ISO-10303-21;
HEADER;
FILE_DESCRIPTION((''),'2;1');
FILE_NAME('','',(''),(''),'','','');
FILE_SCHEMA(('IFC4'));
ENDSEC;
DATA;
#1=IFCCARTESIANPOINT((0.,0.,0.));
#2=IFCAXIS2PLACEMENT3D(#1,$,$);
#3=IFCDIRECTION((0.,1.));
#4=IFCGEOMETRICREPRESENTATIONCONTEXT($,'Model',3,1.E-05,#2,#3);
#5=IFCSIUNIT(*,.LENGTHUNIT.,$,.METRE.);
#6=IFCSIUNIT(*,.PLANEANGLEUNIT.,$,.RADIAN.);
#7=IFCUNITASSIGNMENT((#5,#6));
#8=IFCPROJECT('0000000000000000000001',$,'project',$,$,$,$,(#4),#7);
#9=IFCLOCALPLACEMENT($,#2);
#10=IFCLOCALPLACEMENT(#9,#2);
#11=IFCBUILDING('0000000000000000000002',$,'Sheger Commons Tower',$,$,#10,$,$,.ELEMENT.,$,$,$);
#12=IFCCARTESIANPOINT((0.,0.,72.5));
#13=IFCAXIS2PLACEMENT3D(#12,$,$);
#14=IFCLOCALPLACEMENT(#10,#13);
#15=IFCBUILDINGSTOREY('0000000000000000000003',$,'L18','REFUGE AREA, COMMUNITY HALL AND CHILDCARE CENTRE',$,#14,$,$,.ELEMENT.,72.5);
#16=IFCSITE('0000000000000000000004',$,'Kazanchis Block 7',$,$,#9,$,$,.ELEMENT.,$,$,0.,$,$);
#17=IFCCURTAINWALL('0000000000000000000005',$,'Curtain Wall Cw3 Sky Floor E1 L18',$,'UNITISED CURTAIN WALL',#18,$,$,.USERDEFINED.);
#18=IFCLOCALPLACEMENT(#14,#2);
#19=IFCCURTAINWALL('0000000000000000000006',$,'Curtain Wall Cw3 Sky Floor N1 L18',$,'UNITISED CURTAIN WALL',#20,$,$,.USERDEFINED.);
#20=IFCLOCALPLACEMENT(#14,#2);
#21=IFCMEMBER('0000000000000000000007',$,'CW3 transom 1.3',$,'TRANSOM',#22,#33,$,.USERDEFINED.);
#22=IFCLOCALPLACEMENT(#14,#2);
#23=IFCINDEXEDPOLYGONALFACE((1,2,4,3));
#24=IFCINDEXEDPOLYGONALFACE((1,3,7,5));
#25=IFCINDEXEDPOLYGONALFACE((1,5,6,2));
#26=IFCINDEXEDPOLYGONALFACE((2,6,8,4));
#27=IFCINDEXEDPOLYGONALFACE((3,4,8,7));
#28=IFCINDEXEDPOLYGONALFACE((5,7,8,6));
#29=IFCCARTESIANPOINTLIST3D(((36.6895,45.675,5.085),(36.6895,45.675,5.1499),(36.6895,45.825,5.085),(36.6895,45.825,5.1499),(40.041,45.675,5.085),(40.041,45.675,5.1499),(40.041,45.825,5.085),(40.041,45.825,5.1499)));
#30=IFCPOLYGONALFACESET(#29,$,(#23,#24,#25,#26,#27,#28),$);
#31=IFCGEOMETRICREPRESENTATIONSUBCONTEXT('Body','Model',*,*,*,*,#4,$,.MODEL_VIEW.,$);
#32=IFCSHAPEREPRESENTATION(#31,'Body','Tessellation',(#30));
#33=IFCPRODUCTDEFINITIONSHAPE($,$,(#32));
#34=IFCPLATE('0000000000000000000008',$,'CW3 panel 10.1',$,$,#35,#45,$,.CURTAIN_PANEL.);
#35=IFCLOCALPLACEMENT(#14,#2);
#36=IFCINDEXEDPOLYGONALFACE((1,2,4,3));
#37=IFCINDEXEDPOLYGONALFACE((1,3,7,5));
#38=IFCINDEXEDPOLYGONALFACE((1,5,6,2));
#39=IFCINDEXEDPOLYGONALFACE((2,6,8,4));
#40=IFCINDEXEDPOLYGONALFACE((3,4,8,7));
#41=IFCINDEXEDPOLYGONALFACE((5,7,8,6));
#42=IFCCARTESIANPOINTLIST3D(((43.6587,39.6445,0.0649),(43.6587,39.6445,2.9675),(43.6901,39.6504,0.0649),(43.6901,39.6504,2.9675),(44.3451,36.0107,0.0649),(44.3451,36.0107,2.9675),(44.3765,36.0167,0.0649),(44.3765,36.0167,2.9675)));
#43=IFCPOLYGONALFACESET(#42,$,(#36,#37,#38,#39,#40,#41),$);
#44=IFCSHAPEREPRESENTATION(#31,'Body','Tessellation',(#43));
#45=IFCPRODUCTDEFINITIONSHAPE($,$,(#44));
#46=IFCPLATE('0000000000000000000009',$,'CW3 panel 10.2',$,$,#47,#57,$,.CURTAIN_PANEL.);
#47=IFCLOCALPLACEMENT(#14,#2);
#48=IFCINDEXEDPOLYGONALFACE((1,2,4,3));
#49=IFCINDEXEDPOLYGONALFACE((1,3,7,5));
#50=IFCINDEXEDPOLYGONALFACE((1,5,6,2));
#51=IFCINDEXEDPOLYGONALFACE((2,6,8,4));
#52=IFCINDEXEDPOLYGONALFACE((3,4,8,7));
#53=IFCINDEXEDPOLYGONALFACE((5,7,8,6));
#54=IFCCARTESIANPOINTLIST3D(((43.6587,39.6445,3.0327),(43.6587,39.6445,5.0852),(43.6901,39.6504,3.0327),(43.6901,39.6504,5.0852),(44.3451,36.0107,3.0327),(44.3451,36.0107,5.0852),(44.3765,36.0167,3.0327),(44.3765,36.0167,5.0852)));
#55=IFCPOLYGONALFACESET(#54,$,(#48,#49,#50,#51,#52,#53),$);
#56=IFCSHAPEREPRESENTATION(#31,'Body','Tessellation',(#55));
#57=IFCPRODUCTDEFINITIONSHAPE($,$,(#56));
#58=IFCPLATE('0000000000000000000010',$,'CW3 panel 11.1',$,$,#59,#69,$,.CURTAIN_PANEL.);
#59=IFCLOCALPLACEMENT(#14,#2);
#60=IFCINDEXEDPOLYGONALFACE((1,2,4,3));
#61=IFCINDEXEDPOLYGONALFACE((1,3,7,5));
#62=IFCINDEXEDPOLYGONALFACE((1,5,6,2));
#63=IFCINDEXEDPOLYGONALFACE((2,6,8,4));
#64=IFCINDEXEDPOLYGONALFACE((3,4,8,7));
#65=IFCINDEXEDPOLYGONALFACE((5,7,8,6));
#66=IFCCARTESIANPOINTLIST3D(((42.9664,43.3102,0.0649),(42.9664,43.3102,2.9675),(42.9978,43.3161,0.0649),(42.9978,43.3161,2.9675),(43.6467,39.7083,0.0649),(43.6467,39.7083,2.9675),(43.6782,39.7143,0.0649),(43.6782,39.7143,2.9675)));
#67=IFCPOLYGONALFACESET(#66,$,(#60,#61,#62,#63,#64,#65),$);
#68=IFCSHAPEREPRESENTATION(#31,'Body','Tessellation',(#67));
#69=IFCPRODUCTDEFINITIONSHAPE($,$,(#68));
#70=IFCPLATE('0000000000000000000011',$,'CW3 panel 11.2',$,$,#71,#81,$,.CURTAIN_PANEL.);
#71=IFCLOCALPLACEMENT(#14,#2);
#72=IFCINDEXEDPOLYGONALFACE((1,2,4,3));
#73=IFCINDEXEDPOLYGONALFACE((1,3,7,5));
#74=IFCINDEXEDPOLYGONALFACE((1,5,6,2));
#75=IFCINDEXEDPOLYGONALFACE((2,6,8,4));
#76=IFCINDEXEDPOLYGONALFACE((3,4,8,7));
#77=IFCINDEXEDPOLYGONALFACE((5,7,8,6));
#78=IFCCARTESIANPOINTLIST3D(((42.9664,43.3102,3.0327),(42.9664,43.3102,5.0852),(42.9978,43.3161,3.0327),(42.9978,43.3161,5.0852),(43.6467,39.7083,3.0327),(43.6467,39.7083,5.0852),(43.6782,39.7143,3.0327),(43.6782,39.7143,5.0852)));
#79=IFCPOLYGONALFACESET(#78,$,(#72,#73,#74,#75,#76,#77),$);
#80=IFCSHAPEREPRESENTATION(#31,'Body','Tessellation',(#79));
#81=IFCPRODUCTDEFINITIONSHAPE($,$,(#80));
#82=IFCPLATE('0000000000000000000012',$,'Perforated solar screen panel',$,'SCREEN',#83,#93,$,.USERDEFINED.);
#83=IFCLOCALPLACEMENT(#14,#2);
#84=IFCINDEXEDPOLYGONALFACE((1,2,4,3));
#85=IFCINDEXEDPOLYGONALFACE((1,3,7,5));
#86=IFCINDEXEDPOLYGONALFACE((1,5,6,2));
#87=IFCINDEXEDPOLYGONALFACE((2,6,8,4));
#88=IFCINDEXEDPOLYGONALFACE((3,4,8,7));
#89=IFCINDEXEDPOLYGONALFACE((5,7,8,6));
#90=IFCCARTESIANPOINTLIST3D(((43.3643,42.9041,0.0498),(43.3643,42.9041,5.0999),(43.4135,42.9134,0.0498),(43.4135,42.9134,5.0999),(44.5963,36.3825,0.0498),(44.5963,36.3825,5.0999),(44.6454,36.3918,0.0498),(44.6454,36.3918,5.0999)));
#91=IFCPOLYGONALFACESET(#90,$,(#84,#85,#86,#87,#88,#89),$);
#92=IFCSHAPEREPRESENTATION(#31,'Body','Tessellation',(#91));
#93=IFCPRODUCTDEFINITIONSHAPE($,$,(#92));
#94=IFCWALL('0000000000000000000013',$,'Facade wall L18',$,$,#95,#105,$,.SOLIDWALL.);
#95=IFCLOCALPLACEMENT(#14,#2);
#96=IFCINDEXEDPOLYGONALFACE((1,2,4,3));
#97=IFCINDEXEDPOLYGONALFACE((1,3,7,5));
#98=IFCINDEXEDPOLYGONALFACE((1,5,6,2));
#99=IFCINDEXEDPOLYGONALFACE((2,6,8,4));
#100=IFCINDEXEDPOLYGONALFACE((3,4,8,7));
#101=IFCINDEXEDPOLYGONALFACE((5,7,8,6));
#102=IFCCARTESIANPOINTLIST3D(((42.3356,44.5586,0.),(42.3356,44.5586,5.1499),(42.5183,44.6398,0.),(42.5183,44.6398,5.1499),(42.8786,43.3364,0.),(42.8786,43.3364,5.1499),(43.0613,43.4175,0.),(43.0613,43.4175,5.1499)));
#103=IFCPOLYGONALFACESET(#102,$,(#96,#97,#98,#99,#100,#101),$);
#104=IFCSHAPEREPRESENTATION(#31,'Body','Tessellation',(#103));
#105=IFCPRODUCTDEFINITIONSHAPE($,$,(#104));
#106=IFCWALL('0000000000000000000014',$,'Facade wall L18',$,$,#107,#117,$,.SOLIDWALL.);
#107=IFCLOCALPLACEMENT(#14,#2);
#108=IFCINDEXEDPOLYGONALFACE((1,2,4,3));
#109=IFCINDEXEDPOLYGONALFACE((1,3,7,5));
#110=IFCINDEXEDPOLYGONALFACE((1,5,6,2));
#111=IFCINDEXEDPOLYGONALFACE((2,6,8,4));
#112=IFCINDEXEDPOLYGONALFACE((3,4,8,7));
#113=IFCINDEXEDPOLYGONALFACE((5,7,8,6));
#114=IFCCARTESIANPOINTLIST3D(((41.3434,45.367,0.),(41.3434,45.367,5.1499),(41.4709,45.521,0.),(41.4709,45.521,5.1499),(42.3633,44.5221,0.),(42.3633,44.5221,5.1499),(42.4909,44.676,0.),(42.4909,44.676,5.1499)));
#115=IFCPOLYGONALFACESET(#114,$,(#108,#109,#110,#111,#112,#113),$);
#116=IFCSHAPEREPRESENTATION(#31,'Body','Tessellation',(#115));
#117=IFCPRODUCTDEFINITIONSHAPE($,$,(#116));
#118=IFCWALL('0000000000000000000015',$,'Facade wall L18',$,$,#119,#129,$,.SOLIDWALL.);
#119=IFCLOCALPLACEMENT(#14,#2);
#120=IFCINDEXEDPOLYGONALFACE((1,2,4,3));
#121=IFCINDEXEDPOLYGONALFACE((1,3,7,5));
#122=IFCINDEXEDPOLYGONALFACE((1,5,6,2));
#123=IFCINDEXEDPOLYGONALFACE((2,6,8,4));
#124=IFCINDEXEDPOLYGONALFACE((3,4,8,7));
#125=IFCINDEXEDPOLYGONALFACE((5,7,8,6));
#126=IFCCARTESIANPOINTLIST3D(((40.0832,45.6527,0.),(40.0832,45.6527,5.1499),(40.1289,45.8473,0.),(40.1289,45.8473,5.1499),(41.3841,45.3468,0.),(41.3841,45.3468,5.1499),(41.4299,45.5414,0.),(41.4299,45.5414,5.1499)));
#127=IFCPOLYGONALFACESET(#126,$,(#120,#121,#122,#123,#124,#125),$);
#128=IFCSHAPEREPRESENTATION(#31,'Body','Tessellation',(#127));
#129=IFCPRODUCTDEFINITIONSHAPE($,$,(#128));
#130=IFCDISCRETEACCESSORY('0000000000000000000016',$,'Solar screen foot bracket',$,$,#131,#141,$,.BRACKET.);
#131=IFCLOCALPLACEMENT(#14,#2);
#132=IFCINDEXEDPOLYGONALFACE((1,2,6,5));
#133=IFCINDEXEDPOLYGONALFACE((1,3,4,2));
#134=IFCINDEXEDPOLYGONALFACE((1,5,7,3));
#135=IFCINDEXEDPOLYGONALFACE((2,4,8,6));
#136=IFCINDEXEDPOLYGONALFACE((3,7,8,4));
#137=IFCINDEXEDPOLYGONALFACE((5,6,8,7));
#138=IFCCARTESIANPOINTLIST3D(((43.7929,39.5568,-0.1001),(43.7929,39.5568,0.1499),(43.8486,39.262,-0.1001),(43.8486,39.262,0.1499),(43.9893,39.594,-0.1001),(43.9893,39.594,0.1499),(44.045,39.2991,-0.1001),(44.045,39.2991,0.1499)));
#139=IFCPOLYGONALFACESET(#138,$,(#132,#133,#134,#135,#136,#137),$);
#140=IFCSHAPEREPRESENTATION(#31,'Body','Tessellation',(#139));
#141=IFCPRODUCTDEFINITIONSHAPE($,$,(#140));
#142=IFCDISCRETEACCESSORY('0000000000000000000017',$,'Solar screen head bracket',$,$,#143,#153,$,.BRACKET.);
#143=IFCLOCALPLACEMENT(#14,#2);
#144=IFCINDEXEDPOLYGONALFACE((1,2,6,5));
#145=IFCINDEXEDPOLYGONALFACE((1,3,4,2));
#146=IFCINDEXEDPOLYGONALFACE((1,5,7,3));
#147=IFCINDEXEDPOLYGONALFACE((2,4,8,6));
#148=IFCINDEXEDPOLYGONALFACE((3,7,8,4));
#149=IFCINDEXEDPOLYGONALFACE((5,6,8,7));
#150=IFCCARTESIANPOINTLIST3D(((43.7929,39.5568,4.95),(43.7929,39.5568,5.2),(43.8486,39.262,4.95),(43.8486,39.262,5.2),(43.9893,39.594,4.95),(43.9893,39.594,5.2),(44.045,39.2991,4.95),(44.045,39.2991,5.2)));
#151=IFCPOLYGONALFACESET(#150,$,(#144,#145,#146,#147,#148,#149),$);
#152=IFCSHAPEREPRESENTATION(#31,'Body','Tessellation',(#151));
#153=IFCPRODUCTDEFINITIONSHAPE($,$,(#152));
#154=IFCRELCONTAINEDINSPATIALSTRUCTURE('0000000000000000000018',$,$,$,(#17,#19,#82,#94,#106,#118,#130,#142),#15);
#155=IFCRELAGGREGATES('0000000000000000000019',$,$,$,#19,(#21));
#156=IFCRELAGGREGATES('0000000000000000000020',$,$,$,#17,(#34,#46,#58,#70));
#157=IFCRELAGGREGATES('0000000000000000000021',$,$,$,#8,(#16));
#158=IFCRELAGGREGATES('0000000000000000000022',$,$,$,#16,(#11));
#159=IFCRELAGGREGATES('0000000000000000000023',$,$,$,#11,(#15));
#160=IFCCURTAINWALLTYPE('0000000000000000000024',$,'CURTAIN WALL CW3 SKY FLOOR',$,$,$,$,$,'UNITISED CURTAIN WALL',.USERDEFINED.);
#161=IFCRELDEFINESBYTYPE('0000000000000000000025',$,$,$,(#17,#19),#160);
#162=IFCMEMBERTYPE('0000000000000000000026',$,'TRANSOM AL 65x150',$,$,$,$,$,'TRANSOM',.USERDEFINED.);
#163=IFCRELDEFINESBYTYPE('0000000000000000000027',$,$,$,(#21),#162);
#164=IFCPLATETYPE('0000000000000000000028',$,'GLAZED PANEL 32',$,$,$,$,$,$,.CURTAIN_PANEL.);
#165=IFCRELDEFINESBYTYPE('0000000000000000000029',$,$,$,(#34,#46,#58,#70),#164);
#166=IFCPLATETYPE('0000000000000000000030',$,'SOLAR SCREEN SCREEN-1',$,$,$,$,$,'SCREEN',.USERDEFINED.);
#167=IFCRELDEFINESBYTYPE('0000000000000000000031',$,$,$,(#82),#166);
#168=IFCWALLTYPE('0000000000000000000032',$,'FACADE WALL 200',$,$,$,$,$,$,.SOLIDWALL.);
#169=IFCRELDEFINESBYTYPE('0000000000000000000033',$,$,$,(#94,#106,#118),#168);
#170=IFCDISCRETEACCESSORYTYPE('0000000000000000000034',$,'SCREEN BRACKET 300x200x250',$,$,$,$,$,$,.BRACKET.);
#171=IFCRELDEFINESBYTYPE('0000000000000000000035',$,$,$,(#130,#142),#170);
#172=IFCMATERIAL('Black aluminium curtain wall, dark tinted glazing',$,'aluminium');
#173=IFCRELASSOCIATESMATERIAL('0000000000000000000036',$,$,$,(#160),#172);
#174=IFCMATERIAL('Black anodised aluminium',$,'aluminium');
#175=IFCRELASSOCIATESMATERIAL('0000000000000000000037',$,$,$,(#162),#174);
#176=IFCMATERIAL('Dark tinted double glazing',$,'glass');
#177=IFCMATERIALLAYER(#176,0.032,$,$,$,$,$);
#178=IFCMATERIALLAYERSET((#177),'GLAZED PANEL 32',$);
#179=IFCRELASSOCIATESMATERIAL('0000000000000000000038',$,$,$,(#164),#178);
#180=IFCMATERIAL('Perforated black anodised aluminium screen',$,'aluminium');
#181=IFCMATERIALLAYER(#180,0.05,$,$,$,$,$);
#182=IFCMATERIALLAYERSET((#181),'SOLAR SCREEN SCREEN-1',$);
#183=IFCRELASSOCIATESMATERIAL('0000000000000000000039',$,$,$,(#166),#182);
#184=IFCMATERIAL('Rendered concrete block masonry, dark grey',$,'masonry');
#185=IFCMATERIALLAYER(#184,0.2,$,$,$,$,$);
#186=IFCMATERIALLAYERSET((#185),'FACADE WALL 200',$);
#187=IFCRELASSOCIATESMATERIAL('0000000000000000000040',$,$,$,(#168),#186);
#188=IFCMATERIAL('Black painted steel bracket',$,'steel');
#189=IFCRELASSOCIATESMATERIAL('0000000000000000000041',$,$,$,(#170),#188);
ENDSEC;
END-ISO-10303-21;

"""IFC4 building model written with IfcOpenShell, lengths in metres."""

from ifc_helpers import new_model, si_unit, direction, frame, frame_2d, origin, origin_2d, place, context, subcontext, project, spatial, rectangle, extrude, material, layer, layer_set, material_profile, profile_set, type_object, element, aggregate, save


model = new_model("IFC4")

# Units and contexts
model_context = context("Model", 3, precision=1e-05, world=origin(), true_north=direction((0.0, 1.0)))
body_context = subcontext(model_context, "Body", "Model", "MODEL_VIEW")
ifc_project = project(units=[si_unit("LENGTHUNIT", "METRE"), si_unit("PLANEANGLEUNIT", "RADIAN")], contexts=[model_context])

# Site, building, storey
site_placement = place(None, origin())
site = spatial("IfcSite", under=ifc_project, at=site_placement, Name="Kazanchis Block 7", CompositionType="ELEMENT", RefElevation=0.0)
building_placement = place(site_placement, origin())
building = spatial("IfcBuilding", under=site, at=building_placement, Name="Sheger Commons Tower", CompositionType="ELEMENT")
storey_placement = place(building_placement, frame((0.0, 0.0, 72.5)))
storey = spatial("IfcBuildingStorey", under=building, at=storey_placement, Name="L18", Description="REFUGE AREA, COMMUNITY HALL AND CHILDCARE CENTRE", CompositionType="ELEMENT", Elevation=72.5)

# Curtain wall
ifc_material_1 = material(Name="Black aluminium curtain wall, dark tinted glazing", Category="aluminium")
curtain_wall_type = type_object("IfcCurtainWallType", Name="CURTAIN WALL CW3 SKY FLOOR", ElementType="UNITISED CURTAIN WALL", PredefinedType="USERDEFINED", material=ifc_material_1)
curtain_wall_1_placement = place(storey_placement, origin())
curtain_wall_1 = element("IfcCurtainWall", 1, at=curtain_wall_1_placement, inside=storey, type_object=curtain_wall_type, Name="Curtain Wall Cw3 Sky Floor E1 L18", ObjectType="UNITISED CURTAIN WALL", PredefinedType="USERDEFINED")

# Curtain wall
curtain_wall_2_placement = place(storey_placement, origin())
curtain_wall_2 = element("IfcCurtainWall", 2, at=curtain_wall_2_placement, inside=storey, type_object=curtain_wall_type, Name="Curtain Wall Cw3 Sky Floor N1 L18", ObjectType="UNITISED CURTAIN WALL", PredefinedType="USERDEFINED")

# Member
ifc_material_2 = material(Name="Black anodised aluminium", Category="aluminium")
ifc_material_profile_1 = material_profile(ifc_material_2, rectangle(XDim=0.1499, YDim=0.0649, at=origin_2d()), Name="AL 65x150")
ifc_profile_set_1 = profile_set([ifc_material_profile_1], Name="Black anodised aluminium")
member_type_1 = type_object("IfcMemberType", Name="TRANSOM AL 65x150", ElementType="TRANSOM", PredefinedType="USERDEFINED", material=ifc_profile_set_1)
member_1_placement = place(storey_placement, frame((40.041, 45.75, 5.1174), z_axis=(-1.0, 0.0, 0.0), x_axis=(0.0, -1.0, 0.0)))
member_1 = element("IfcMember", 3, at=member_1_placement, type_object=member_type_1, Name="CW3 transom 1.3", ObjectType="TRANSOM", PredefinedType="USERDEFINED", context=body_context, shape_type="SweptSolid", body=[
    extrude(rectangle(XDim=0.1499, YDim=0.0649, at=origin_2d()), origin(), (0.0, 0.0, 1.0), 3.3516),
])
aggregate(curtain_wall_2, [member_1])

# Plates
ifc_material_3 = material(Name="Dark tinted double glazing", Category="glass")
ifc_layer_1 = layer(ifc_material_3, 0.032)
ifc_layer_set_1 = layer_set([ifc_layer_1], Name="GLAZED PANEL 32")
plate_type_1 = type_object("IfcPlateType", Name="GLAZED PANEL 32", PredefinedType="CURTAIN_PANEL", material=ifc_layer_set_1)
plate_1_placement = place(storey_placement, frame((44.0176, 37.8306, 0.0649), z_axis=(0.0, 0.0, 1.0), x_axis=(-0.18561, 0.982624, 0.0)))
plate_1 = element("IfcPlate", 4, at=plate_1_placement, type_object=plate_type_1, Name="CW3 panel 10.1", PredefinedType="CURTAIN_PANEL", context=body_context, shape_type="SweptSolid", body=[
    extrude(rectangle(XDim=3.698, YDim=0.032, at=origin_2d()), origin(), (0.0, 0.0, 1.0), 2.9026),
])
plate_2_placement = place(storey_placement, frame((44.0176, 37.8306, 3.0327), z_axis=(0.0, 0.0, 1.0), x_axis=(-0.18561, 0.982624, 0.0)))
plate_2 = element("IfcPlate", 5, at=plate_2_placement, type_object=plate_type_1, Name="CW3 panel 10.2", PredefinedType="CURTAIN_PANEL", context=body_context, shape_type="SweptSolid", body=[
    extrude(rectangle(XDim=3.698, YDim=0.032, at=origin_2d()), origin(), (0.0, 0.0, 1.0), 2.0525),
])
plate_3_placement = place(storey_placement, frame((43.3223, 41.5122, 0.0649), z_axis=(0.0, 0.0, 1.0), x_axis=(-0.18561, 0.982624, 0.0)))
plate_3 = element("IfcPlate", 6, at=plate_3_placement, type_object=plate_type_1, Name="CW3 panel 11.1", PredefinedType="CURTAIN_PANEL", context=body_context, shape_type="SweptSolid", body=[
    extrude(rectangle(XDim=3.6655, YDim=0.032, at=origin_2d()), origin(), (0.0, 0.0, 1.0), 2.9026),
])
plate_4_placement = place(storey_placement, frame((43.3223, 41.5122, 3.0327), z_axis=(0.0, 0.0, 1.0), x_axis=(-0.18561, 0.982624, 0.0)))
plate_4 = element("IfcPlate", 7, at=plate_4_placement, type_object=plate_type_1, Name="CW3 panel 11.2", PredefinedType="CURTAIN_PANEL", context=body_context, shape_type="SweptSolid", body=[
    extrude(rectangle(XDim=3.6655, YDim=0.032, at=origin_2d()), origin(), (0.0, 0.0, 1.0), 2.0525),
])
aggregate(curtain_wall_1, [plate_1, plate_2, plate_3, plate_4])
ifc_material_4 = material(Name="Perforated black anodised aluminium screen", Category="aluminium")
ifc_layer_2 = layer(ifc_material_4, 0.05)
ifc_layer_set_2 = layer_set([ifc_layer_2], Name="SOLAR SCREEN SCREEN-1")
plate_type_2 = type_object("IfcPlateType", Name="SOLAR SCREEN SCREEN-1", ElementType="SCREEN", PredefinedType="USERDEFINED", material=ifc_layer_set_2)
plate_5_placement = place(storey_placement, frame((44.0049, 39.6479, 0.0498), z_axis=(0.0, 0.0, 1.0), x_axis=(-0.185615, 0.982623, 0.0)))
element("IfcPlate", 8, at=plate_5_placement, inside=storey, type_object=plate_type_2, Name="Perforated solar screen panel", ObjectType="SCREEN", PredefinedType="USERDEFINED", context=body_context, shape_type="SweptSolid", body=[
    extrude(rectangle(XDim=6.637, YDim=0.05, at=origin_2d()), origin(), (0.0, 0.0, 1.0), 5.05),
])

# Walls
ifc_material_5 = material(Name="Rendered concrete block masonry, dark grey", Category="masonry")
ifc_layer_3 = layer(ifc_material_5, 0.2)
ifc_layer_set_3 = layer_set([ifc_layer_3], Name="FACADE WALL 200")
wall_type = type_object("IfcWallType", Name="FACADE WALL 200", PredefinedType="SOLIDWALL", material=ifc_layer_set_3)
wall_1_placement = place(storey_placement, frame((42.97, 43.377, 0.0), z_axis=(0.0, 0.0, 1.0), x_axis=(-0.406003, 0.913872, 0.0)))
element("IfcWall", 9, at=wall_1_placement, inside=storey, type_object=wall_type, Name="Facade wall L18", PredefinedType="SOLIDWALL", context=body_context, shape_type="SweptSolid", body=[
    extrude(rectangle(XDim=1.3374, YDim=0.2, at=frame_2d((0.6687, 0.0))), origin(), (0.0, 0.0, 1.0), 5.1499),
])
wall_2_placement = place(storey_placement, frame((42.427, 44.5991, 0.0), z_axis=(0.0, 0.0, 1.0), x_axis=(-0.770091, 0.637934, 0.0)))
element("IfcWall", 10, at=wall_2_placement, inside=storey, type_object=wall_type, Name="Facade wall L18", PredefinedType="SOLIDWALL", context=body_context, shape_type="SweptSolid", body=[
    extrude(rectangle(XDim=1.3245, YDim=0.2, at=frame_2d((0.6621, 0.0))), origin(), (0.0, 0.0, 1.0), 5.1499),
])
wall_3_placement = place(storey_placement, frame((41.407, 45.4441, 0.0), z_axis=(0.0, 0.0, 1.0), x_axis=(-0.973453, 0.228887, 0.0)))
element("IfcWall", 11, at=wall_3_placement, inside=storey, type_object=wall_type, Name="Facade wall L18", PredefinedType="SOLIDWALL", context=body_context, shape_type="SweptSolid", body=[
    extrude(rectangle(XDim=1.3364, YDim=0.2, at=frame_2d((0.6682, 0.0))), origin(), (0.0, 0.0, 1.0), 5.1499),
])

# Discrete accessories
ifc_material_6 = material(Name="Black painted steel bracket", Category="steel")
discrete_accessory_type = type_object("IfcDiscreteAccessoryType", Name="SCREEN BRACKET 300x200x250", PredefinedType="BRACKET", material=ifc_material_6)
for number, where, z_axis, x_axis, name in (
    (12, (43.9189, 39.428, -0.1001), (0.0, 0.0, 1.0), (-0.185615, 0.982623, 0.0), "Solar screen foot bracket"),
    (13, (43.9189, 39.428, 4.95), (0.0, 0.0, 1.0), (-0.185615, 0.982623, 0.0), "Solar screen head bracket"),
):
    element("IfcDiscreteAccessory", number, at=place(storey_placement, frame(where, z_axis=z_axis, x_axis=x_axis)), inside=storey, type_object=discrete_accessory_type, Name=name, PredefinedType="BRACKET", context=body_context, shape_type="SweptSolid", body=[
        extrude(rectangle(XDim=0.3, YDim=0.2, at=origin_2d()), origin(), (0.0, 0.0, 1.0), 0.25),
    ])

save(model, "model.ifc")
